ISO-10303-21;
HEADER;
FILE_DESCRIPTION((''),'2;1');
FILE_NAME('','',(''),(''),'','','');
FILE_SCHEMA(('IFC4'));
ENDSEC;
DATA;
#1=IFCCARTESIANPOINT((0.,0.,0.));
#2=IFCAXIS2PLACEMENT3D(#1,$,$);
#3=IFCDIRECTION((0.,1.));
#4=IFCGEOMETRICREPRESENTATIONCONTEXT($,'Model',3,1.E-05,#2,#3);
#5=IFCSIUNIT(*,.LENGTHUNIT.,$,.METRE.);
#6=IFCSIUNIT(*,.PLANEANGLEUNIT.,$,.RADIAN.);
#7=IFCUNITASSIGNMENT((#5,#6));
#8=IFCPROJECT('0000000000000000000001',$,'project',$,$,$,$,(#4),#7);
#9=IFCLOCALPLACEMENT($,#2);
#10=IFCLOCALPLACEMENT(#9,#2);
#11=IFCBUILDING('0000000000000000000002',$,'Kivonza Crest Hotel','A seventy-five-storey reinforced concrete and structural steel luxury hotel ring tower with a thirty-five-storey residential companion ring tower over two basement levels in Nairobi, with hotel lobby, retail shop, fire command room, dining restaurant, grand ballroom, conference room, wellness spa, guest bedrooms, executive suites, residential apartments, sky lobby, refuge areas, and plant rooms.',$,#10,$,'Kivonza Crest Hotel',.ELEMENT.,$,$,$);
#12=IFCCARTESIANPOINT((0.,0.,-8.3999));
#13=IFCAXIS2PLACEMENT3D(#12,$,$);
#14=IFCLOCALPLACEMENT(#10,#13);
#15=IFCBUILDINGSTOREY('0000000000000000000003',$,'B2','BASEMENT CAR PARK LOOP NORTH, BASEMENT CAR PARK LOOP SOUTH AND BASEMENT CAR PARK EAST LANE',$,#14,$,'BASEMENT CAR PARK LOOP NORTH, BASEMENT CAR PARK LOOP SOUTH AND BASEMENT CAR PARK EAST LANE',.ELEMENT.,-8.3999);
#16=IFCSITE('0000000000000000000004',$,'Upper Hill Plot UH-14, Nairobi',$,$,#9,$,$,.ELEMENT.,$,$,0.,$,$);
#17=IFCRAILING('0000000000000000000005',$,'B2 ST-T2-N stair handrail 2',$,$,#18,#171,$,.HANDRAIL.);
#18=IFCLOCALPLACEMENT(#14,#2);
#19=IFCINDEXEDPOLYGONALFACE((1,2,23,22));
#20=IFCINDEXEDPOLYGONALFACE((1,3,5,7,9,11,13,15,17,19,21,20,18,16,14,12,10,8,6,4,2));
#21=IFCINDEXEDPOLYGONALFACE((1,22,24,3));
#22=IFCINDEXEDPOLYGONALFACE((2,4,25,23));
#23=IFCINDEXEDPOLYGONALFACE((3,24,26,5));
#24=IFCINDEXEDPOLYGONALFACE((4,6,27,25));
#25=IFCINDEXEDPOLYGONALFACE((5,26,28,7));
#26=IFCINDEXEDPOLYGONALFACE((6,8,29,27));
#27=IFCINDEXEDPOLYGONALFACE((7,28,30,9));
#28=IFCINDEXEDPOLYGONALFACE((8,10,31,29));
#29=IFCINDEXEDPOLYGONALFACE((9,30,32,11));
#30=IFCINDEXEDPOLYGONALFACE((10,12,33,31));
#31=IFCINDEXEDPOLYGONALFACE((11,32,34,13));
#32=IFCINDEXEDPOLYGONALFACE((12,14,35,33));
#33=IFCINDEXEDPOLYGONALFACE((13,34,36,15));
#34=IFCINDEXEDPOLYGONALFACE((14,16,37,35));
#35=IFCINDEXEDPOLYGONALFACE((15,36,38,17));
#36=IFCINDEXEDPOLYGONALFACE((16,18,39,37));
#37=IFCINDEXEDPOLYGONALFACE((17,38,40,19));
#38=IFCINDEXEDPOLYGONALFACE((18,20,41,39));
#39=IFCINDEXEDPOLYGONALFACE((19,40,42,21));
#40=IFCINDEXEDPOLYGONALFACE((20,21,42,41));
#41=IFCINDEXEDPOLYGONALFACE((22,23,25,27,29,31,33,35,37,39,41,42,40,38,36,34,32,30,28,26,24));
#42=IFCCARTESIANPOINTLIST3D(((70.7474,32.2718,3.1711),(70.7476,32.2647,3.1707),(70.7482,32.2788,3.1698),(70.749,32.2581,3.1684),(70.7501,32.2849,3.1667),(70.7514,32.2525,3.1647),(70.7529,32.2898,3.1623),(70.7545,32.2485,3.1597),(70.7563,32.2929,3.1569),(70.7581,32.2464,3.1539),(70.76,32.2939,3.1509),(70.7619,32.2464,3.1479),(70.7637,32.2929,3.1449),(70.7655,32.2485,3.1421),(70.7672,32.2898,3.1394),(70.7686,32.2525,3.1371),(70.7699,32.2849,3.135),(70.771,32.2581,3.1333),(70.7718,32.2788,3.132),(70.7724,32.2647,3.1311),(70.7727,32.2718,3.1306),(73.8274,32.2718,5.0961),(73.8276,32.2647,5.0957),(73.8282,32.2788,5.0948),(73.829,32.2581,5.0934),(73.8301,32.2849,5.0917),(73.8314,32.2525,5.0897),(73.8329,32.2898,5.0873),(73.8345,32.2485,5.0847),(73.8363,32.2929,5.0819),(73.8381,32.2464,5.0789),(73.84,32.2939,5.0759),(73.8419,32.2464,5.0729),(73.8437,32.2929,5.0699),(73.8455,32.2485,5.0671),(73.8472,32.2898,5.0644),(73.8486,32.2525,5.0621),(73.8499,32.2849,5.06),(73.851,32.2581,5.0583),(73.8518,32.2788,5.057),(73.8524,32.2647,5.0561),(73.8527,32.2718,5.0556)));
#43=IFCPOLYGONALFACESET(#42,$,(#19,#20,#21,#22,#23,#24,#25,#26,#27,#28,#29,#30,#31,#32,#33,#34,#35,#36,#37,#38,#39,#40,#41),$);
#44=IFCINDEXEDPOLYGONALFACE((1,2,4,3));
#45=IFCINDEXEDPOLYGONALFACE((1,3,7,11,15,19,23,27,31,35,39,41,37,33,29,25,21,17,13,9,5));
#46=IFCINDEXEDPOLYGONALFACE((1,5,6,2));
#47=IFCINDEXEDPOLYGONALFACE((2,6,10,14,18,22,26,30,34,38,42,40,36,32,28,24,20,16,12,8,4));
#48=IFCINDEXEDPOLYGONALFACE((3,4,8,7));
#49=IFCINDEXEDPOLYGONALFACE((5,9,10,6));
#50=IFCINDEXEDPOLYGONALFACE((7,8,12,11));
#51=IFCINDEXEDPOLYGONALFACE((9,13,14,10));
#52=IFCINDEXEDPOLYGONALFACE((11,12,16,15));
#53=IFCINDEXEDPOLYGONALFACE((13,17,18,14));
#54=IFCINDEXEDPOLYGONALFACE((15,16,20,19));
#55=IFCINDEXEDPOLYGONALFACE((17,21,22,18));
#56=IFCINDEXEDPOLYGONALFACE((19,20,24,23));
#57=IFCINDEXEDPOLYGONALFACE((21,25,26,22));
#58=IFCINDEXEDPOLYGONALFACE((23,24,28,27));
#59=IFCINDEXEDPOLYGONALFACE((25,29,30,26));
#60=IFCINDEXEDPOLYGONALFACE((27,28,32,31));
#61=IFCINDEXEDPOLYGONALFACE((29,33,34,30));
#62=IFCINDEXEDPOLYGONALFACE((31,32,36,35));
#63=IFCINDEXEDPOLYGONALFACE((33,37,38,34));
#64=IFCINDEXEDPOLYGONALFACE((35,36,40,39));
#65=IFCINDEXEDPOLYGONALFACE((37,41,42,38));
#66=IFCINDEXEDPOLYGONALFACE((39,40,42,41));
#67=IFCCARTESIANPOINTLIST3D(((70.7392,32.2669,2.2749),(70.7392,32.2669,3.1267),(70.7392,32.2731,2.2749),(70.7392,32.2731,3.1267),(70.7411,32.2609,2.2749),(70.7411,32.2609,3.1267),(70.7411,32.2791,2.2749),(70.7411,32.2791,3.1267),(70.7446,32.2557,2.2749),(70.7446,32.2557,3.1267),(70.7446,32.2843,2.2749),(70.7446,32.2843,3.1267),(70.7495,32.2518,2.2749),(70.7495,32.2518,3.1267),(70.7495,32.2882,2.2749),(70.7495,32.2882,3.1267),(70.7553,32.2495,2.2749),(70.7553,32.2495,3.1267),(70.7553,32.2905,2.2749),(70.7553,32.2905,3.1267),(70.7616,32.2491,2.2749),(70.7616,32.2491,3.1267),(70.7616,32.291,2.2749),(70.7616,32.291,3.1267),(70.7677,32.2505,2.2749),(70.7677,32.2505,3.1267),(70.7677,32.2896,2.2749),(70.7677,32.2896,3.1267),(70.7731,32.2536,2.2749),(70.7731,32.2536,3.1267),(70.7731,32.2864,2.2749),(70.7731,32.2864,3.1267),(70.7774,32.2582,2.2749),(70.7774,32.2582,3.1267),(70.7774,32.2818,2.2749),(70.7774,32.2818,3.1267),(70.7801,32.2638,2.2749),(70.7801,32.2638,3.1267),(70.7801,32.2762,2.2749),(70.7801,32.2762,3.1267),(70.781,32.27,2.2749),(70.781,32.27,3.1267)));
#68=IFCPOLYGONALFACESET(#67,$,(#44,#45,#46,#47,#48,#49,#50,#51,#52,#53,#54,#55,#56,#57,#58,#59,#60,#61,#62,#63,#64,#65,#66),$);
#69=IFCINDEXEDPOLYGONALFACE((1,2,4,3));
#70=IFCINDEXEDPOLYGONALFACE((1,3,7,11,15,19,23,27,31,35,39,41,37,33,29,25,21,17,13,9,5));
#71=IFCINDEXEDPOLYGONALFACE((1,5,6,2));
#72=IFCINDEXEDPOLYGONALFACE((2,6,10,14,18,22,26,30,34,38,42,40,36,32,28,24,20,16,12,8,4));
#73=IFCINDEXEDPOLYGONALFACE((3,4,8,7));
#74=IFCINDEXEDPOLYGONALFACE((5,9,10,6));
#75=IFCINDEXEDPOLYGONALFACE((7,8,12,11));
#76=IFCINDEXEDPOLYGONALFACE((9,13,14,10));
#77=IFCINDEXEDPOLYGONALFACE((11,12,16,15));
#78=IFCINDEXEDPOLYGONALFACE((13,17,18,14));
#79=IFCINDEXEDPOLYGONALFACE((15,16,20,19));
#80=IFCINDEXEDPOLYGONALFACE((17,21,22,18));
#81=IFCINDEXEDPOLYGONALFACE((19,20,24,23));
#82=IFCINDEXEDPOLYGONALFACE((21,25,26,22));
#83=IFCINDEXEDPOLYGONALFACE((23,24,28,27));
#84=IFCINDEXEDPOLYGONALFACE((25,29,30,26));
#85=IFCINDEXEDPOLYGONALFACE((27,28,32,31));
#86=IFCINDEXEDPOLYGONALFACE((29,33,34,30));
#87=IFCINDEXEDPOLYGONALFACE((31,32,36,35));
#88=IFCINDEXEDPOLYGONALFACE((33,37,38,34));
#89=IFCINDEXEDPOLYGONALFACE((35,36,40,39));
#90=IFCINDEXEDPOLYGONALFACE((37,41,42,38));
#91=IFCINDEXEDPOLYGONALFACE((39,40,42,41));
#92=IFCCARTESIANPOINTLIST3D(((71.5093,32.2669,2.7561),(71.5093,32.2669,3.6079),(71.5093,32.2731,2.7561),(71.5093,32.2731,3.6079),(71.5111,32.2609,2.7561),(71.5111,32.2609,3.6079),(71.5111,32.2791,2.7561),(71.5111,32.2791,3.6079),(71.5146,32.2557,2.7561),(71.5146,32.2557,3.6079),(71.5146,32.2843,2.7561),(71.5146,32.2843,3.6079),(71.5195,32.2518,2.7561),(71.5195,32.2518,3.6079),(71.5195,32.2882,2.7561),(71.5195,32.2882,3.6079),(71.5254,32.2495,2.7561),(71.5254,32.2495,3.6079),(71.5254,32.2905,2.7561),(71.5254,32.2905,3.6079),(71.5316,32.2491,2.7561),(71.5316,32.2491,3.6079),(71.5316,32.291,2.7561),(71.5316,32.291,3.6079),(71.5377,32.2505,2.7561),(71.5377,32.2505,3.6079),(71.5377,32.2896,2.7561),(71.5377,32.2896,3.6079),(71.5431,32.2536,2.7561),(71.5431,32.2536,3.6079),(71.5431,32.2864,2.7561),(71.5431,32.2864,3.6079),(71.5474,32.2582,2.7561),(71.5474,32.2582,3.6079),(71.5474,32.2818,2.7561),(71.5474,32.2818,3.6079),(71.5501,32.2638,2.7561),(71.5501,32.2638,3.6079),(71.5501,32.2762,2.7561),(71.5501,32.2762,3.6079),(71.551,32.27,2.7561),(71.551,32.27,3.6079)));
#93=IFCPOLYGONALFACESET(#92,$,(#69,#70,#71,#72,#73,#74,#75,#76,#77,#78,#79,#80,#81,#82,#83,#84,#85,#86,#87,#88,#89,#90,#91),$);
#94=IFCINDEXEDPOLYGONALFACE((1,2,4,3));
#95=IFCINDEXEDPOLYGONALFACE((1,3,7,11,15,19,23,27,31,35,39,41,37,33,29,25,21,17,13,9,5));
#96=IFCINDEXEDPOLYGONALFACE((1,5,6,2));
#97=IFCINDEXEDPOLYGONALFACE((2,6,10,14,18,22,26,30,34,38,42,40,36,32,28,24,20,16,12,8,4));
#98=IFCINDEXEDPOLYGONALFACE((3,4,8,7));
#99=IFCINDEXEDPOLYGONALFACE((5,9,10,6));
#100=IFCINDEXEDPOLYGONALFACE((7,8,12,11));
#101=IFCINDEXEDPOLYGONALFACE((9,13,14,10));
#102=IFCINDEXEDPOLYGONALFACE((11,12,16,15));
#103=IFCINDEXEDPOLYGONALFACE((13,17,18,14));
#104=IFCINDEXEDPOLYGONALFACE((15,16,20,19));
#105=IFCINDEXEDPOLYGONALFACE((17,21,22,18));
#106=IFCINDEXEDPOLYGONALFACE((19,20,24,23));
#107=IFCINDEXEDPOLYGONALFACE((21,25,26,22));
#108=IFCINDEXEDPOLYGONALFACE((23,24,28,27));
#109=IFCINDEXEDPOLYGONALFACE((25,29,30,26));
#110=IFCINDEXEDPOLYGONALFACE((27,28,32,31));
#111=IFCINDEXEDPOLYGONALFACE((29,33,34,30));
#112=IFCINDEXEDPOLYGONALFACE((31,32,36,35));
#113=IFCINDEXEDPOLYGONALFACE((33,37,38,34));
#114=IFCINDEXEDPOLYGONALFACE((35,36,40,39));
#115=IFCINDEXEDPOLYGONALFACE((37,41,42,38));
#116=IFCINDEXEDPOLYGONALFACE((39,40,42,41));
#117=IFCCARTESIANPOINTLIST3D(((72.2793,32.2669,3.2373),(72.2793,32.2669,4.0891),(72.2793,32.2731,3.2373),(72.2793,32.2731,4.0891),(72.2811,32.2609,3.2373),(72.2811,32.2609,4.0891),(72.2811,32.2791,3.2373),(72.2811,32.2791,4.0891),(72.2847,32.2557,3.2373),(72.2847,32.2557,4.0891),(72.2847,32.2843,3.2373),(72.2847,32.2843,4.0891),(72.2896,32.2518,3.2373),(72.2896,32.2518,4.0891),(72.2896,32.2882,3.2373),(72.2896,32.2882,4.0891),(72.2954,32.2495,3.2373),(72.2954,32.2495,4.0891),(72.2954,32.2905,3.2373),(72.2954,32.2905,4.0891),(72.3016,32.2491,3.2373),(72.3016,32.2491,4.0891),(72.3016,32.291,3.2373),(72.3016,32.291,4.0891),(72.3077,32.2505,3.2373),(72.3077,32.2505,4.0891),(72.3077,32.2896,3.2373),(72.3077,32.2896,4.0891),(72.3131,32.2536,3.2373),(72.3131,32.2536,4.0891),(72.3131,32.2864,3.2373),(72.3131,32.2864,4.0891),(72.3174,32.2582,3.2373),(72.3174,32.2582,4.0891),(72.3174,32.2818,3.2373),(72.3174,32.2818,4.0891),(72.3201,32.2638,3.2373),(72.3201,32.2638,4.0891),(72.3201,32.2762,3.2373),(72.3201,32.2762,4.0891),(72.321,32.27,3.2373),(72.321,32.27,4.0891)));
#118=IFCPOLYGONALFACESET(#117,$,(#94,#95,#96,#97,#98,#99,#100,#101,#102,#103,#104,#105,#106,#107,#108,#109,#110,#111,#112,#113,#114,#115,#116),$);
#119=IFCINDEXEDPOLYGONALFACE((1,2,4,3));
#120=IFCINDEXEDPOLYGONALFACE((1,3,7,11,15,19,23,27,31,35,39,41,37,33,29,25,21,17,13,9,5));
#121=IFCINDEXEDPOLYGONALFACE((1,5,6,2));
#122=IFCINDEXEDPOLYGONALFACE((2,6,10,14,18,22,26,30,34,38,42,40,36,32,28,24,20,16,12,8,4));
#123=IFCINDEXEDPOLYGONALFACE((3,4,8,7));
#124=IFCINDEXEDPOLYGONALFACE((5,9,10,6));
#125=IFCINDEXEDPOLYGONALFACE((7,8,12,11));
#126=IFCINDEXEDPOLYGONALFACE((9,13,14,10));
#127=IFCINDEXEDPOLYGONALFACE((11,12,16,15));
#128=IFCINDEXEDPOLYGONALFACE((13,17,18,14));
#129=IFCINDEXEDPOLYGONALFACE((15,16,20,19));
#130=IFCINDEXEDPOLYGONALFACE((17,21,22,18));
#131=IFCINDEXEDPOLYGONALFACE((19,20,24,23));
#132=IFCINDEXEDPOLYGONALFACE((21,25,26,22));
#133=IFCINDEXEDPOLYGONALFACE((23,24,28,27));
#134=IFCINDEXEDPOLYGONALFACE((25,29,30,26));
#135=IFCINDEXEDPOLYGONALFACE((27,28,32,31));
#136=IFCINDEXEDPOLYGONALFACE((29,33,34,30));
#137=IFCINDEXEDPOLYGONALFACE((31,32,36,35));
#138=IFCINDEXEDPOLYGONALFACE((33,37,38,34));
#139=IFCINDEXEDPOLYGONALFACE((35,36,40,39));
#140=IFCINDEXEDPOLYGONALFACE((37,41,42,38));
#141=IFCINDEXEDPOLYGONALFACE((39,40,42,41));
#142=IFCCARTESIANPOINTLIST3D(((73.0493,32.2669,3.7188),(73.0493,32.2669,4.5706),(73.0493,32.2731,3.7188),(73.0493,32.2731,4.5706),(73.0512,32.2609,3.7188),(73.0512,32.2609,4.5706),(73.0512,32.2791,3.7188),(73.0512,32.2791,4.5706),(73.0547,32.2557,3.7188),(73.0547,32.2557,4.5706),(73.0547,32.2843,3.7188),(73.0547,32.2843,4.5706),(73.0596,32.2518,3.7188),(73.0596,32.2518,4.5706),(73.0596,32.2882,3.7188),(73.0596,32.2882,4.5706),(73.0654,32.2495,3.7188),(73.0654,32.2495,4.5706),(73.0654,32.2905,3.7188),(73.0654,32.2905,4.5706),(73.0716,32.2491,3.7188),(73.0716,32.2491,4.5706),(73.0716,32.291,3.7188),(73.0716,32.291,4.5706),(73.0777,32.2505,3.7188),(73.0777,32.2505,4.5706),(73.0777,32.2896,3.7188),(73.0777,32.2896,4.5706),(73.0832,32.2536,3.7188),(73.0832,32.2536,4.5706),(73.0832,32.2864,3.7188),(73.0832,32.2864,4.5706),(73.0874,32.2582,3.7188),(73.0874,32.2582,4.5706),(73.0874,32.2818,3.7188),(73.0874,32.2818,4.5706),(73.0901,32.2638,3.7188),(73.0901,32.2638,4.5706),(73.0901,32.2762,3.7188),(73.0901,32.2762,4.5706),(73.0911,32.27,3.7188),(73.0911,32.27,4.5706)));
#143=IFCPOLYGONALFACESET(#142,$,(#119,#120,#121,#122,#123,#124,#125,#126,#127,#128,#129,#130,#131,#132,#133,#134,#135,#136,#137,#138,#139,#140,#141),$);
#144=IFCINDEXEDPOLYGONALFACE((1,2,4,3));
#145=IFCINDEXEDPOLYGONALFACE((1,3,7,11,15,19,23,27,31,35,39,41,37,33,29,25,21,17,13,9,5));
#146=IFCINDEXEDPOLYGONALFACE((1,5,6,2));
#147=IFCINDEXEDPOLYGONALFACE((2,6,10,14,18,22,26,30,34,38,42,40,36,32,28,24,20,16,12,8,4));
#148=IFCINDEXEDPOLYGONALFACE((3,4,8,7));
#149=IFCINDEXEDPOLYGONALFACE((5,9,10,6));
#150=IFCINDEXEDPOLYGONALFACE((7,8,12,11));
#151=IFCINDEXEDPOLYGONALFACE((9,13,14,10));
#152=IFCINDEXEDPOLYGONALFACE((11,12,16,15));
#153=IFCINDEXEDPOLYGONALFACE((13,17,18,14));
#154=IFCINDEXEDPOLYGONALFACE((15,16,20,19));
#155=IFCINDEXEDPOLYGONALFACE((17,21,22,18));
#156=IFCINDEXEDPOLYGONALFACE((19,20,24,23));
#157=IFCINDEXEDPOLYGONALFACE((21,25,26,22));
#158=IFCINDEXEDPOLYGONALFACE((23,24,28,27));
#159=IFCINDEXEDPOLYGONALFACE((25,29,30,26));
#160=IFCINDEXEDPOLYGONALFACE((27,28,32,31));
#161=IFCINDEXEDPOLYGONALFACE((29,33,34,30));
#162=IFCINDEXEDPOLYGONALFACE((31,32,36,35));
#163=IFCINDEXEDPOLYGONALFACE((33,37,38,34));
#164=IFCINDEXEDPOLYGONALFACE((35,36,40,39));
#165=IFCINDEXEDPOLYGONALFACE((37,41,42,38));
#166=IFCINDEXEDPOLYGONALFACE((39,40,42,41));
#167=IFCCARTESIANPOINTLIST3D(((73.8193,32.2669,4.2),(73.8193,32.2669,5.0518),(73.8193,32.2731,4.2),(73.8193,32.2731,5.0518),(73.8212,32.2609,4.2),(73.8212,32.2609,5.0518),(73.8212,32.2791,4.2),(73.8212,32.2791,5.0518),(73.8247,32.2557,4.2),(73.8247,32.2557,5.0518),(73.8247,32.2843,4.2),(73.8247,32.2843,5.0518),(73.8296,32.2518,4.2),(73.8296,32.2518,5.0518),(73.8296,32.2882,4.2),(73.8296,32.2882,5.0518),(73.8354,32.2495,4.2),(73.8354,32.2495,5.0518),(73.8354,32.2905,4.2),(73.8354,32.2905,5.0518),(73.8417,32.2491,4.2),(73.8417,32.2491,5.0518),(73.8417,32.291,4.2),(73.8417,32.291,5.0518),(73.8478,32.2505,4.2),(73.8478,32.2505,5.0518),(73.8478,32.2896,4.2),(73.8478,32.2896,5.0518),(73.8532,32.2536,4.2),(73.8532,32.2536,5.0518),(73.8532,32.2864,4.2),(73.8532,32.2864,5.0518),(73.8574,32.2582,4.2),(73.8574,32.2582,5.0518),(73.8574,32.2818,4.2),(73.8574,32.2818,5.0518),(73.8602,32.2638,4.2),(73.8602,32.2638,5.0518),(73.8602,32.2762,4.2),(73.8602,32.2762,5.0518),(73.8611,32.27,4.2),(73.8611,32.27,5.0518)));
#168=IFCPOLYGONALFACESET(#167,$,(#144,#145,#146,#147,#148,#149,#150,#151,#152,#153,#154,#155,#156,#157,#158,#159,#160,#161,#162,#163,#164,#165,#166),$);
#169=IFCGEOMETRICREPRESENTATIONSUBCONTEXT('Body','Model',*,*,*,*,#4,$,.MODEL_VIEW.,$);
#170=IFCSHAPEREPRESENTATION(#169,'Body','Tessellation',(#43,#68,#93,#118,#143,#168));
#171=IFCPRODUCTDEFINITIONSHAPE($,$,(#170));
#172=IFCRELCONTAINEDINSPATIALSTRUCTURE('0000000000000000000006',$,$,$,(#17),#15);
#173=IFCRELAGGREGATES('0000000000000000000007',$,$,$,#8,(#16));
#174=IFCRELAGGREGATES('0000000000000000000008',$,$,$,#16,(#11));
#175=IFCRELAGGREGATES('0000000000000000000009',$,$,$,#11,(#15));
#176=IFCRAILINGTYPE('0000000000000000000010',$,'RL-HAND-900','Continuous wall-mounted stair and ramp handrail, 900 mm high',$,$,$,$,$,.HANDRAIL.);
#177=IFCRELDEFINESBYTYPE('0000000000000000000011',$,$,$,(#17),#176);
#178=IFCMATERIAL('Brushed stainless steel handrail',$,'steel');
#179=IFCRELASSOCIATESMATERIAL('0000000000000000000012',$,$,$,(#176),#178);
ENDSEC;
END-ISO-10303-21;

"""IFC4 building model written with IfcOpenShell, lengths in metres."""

from ifc_helpers import new_model, si_unit, direction, frame, origin, origin_2d, place, context, subcontext, project, spatial, circle, extrude, material, type_object, element, save


model = new_model("IFC4")

# Units and contexts
model_context = context("Model", 3, precision=1e-05, world=origin(), true_north=direction((0.0, 1.0)))
body_context = subcontext(model_context, "Body", "Model", "MODEL_VIEW")
ifc_project = project(units=[si_unit("LENGTHUNIT", "METRE"), si_unit("PLANEANGLEUNIT", "RADIAN")], contexts=[model_context])

# Site, building, storey
site_placement = place(None, origin())
site = spatial("IfcSite", under=ifc_project, at=site_placement, Name="Upper Hill Plot UH-14, Nairobi", CompositionType="ELEMENT", RefElevation=0.0)
building_placement = place(site_placement, origin())
building = spatial("IfcBuilding", under=site, at=building_placement, Name="Kivonza Crest Hotel", Description="A seventy-five-storey reinforced concrete and structural steel luxury hotel ring tower with a thirty-five-storey residential companion ring tower over two basement levels in Nairobi, with hotel lobby, retail shop, fire command room, dining restaurant, grand ballroom, conference room, wellness spa, guest bedrooms, executive suites, residential apartments, sky lobby, refuge areas, and plant rooms.", LongName="Kivonza Crest Hotel", CompositionType="ELEMENT")
storey_placement = place(building_placement, frame((0.0, 0.0, -8.3999)))
storey = spatial("IfcBuildingStorey", under=building, at=storey_placement, Name="B2", Description="BASEMENT CAR PARK LOOP NORTH, BASEMENT CAR PARK LOOP SOUTH AND BASEMENT CAR PARK EAST LANE", LongName="BASEMENT CAR PARK LOOP NORTH, BASEMENT CAR PARK LOOP SOUTH AND BASEMENT CAR PARK EAST LANE", CompositionType="ELEMENT", Elevation=-8.3999)

# Railing
ifc_material_1 = material(Name="Brushed stainless steel handrail", Category="steel")
railing_type_1 = type_object("IfcRailingType", Name="RL-HAND-900", Description="Continuous wall-mounted stair and ramp handrail, 900 mm high", PredefinedType="HANDRAIL", material=ifc_material_1)
railing_1_placement = place(storey_placement, frame((70.76, 32.27, 2.2749)))
element("IfcRailing", 1, at=railing_1_placement, inside=storey, type_object=railing_type_1, Name="B2 ST-T2-N stair handrail 2", PredefinedType="HANDRAIL", context=body_context, shape_type="SweptSolid", body=[
    extrude(circle(Radius=0.0239, at=origin_2d()), frame((0.0, 0.0, 0.876), z_axis=(0.847998, 0.0, 0.529999), x_axis=(0.0, 1.0, 0.0)), (0.0, 0.0, 1.0), 3.6321),
    extrude(circle(Radius=0.021, at=origin_2d()), origin(), (0.0, 0.0, 1.0), 0.8518),
    extrude(circle(Radius=0.021, at=origin_2d()), frame((0.77, 0.0, 0.4812)), (0.0, 0.0, 1.0), 0.8518),
    extrude(circle(Radius=0.021, at=origin_2d()), frame((1.54, 0.0, 0.9624)), (0.0, 0.0, 1.0), 0.8518),
    extrude(circle(Radius=0.021, at=origin_2d()), frame((2.3101, 0.0, 1.4438)), (0.0, 0.0, 1.0), 0.8518),
    extrude(circle(Radius=0.021, at=origin_2d()), frame((3.0801, 0.0, 1.925)), (0.0, 0.0, 1.0), 0.8518),
])

save(model, "model.ifc")
